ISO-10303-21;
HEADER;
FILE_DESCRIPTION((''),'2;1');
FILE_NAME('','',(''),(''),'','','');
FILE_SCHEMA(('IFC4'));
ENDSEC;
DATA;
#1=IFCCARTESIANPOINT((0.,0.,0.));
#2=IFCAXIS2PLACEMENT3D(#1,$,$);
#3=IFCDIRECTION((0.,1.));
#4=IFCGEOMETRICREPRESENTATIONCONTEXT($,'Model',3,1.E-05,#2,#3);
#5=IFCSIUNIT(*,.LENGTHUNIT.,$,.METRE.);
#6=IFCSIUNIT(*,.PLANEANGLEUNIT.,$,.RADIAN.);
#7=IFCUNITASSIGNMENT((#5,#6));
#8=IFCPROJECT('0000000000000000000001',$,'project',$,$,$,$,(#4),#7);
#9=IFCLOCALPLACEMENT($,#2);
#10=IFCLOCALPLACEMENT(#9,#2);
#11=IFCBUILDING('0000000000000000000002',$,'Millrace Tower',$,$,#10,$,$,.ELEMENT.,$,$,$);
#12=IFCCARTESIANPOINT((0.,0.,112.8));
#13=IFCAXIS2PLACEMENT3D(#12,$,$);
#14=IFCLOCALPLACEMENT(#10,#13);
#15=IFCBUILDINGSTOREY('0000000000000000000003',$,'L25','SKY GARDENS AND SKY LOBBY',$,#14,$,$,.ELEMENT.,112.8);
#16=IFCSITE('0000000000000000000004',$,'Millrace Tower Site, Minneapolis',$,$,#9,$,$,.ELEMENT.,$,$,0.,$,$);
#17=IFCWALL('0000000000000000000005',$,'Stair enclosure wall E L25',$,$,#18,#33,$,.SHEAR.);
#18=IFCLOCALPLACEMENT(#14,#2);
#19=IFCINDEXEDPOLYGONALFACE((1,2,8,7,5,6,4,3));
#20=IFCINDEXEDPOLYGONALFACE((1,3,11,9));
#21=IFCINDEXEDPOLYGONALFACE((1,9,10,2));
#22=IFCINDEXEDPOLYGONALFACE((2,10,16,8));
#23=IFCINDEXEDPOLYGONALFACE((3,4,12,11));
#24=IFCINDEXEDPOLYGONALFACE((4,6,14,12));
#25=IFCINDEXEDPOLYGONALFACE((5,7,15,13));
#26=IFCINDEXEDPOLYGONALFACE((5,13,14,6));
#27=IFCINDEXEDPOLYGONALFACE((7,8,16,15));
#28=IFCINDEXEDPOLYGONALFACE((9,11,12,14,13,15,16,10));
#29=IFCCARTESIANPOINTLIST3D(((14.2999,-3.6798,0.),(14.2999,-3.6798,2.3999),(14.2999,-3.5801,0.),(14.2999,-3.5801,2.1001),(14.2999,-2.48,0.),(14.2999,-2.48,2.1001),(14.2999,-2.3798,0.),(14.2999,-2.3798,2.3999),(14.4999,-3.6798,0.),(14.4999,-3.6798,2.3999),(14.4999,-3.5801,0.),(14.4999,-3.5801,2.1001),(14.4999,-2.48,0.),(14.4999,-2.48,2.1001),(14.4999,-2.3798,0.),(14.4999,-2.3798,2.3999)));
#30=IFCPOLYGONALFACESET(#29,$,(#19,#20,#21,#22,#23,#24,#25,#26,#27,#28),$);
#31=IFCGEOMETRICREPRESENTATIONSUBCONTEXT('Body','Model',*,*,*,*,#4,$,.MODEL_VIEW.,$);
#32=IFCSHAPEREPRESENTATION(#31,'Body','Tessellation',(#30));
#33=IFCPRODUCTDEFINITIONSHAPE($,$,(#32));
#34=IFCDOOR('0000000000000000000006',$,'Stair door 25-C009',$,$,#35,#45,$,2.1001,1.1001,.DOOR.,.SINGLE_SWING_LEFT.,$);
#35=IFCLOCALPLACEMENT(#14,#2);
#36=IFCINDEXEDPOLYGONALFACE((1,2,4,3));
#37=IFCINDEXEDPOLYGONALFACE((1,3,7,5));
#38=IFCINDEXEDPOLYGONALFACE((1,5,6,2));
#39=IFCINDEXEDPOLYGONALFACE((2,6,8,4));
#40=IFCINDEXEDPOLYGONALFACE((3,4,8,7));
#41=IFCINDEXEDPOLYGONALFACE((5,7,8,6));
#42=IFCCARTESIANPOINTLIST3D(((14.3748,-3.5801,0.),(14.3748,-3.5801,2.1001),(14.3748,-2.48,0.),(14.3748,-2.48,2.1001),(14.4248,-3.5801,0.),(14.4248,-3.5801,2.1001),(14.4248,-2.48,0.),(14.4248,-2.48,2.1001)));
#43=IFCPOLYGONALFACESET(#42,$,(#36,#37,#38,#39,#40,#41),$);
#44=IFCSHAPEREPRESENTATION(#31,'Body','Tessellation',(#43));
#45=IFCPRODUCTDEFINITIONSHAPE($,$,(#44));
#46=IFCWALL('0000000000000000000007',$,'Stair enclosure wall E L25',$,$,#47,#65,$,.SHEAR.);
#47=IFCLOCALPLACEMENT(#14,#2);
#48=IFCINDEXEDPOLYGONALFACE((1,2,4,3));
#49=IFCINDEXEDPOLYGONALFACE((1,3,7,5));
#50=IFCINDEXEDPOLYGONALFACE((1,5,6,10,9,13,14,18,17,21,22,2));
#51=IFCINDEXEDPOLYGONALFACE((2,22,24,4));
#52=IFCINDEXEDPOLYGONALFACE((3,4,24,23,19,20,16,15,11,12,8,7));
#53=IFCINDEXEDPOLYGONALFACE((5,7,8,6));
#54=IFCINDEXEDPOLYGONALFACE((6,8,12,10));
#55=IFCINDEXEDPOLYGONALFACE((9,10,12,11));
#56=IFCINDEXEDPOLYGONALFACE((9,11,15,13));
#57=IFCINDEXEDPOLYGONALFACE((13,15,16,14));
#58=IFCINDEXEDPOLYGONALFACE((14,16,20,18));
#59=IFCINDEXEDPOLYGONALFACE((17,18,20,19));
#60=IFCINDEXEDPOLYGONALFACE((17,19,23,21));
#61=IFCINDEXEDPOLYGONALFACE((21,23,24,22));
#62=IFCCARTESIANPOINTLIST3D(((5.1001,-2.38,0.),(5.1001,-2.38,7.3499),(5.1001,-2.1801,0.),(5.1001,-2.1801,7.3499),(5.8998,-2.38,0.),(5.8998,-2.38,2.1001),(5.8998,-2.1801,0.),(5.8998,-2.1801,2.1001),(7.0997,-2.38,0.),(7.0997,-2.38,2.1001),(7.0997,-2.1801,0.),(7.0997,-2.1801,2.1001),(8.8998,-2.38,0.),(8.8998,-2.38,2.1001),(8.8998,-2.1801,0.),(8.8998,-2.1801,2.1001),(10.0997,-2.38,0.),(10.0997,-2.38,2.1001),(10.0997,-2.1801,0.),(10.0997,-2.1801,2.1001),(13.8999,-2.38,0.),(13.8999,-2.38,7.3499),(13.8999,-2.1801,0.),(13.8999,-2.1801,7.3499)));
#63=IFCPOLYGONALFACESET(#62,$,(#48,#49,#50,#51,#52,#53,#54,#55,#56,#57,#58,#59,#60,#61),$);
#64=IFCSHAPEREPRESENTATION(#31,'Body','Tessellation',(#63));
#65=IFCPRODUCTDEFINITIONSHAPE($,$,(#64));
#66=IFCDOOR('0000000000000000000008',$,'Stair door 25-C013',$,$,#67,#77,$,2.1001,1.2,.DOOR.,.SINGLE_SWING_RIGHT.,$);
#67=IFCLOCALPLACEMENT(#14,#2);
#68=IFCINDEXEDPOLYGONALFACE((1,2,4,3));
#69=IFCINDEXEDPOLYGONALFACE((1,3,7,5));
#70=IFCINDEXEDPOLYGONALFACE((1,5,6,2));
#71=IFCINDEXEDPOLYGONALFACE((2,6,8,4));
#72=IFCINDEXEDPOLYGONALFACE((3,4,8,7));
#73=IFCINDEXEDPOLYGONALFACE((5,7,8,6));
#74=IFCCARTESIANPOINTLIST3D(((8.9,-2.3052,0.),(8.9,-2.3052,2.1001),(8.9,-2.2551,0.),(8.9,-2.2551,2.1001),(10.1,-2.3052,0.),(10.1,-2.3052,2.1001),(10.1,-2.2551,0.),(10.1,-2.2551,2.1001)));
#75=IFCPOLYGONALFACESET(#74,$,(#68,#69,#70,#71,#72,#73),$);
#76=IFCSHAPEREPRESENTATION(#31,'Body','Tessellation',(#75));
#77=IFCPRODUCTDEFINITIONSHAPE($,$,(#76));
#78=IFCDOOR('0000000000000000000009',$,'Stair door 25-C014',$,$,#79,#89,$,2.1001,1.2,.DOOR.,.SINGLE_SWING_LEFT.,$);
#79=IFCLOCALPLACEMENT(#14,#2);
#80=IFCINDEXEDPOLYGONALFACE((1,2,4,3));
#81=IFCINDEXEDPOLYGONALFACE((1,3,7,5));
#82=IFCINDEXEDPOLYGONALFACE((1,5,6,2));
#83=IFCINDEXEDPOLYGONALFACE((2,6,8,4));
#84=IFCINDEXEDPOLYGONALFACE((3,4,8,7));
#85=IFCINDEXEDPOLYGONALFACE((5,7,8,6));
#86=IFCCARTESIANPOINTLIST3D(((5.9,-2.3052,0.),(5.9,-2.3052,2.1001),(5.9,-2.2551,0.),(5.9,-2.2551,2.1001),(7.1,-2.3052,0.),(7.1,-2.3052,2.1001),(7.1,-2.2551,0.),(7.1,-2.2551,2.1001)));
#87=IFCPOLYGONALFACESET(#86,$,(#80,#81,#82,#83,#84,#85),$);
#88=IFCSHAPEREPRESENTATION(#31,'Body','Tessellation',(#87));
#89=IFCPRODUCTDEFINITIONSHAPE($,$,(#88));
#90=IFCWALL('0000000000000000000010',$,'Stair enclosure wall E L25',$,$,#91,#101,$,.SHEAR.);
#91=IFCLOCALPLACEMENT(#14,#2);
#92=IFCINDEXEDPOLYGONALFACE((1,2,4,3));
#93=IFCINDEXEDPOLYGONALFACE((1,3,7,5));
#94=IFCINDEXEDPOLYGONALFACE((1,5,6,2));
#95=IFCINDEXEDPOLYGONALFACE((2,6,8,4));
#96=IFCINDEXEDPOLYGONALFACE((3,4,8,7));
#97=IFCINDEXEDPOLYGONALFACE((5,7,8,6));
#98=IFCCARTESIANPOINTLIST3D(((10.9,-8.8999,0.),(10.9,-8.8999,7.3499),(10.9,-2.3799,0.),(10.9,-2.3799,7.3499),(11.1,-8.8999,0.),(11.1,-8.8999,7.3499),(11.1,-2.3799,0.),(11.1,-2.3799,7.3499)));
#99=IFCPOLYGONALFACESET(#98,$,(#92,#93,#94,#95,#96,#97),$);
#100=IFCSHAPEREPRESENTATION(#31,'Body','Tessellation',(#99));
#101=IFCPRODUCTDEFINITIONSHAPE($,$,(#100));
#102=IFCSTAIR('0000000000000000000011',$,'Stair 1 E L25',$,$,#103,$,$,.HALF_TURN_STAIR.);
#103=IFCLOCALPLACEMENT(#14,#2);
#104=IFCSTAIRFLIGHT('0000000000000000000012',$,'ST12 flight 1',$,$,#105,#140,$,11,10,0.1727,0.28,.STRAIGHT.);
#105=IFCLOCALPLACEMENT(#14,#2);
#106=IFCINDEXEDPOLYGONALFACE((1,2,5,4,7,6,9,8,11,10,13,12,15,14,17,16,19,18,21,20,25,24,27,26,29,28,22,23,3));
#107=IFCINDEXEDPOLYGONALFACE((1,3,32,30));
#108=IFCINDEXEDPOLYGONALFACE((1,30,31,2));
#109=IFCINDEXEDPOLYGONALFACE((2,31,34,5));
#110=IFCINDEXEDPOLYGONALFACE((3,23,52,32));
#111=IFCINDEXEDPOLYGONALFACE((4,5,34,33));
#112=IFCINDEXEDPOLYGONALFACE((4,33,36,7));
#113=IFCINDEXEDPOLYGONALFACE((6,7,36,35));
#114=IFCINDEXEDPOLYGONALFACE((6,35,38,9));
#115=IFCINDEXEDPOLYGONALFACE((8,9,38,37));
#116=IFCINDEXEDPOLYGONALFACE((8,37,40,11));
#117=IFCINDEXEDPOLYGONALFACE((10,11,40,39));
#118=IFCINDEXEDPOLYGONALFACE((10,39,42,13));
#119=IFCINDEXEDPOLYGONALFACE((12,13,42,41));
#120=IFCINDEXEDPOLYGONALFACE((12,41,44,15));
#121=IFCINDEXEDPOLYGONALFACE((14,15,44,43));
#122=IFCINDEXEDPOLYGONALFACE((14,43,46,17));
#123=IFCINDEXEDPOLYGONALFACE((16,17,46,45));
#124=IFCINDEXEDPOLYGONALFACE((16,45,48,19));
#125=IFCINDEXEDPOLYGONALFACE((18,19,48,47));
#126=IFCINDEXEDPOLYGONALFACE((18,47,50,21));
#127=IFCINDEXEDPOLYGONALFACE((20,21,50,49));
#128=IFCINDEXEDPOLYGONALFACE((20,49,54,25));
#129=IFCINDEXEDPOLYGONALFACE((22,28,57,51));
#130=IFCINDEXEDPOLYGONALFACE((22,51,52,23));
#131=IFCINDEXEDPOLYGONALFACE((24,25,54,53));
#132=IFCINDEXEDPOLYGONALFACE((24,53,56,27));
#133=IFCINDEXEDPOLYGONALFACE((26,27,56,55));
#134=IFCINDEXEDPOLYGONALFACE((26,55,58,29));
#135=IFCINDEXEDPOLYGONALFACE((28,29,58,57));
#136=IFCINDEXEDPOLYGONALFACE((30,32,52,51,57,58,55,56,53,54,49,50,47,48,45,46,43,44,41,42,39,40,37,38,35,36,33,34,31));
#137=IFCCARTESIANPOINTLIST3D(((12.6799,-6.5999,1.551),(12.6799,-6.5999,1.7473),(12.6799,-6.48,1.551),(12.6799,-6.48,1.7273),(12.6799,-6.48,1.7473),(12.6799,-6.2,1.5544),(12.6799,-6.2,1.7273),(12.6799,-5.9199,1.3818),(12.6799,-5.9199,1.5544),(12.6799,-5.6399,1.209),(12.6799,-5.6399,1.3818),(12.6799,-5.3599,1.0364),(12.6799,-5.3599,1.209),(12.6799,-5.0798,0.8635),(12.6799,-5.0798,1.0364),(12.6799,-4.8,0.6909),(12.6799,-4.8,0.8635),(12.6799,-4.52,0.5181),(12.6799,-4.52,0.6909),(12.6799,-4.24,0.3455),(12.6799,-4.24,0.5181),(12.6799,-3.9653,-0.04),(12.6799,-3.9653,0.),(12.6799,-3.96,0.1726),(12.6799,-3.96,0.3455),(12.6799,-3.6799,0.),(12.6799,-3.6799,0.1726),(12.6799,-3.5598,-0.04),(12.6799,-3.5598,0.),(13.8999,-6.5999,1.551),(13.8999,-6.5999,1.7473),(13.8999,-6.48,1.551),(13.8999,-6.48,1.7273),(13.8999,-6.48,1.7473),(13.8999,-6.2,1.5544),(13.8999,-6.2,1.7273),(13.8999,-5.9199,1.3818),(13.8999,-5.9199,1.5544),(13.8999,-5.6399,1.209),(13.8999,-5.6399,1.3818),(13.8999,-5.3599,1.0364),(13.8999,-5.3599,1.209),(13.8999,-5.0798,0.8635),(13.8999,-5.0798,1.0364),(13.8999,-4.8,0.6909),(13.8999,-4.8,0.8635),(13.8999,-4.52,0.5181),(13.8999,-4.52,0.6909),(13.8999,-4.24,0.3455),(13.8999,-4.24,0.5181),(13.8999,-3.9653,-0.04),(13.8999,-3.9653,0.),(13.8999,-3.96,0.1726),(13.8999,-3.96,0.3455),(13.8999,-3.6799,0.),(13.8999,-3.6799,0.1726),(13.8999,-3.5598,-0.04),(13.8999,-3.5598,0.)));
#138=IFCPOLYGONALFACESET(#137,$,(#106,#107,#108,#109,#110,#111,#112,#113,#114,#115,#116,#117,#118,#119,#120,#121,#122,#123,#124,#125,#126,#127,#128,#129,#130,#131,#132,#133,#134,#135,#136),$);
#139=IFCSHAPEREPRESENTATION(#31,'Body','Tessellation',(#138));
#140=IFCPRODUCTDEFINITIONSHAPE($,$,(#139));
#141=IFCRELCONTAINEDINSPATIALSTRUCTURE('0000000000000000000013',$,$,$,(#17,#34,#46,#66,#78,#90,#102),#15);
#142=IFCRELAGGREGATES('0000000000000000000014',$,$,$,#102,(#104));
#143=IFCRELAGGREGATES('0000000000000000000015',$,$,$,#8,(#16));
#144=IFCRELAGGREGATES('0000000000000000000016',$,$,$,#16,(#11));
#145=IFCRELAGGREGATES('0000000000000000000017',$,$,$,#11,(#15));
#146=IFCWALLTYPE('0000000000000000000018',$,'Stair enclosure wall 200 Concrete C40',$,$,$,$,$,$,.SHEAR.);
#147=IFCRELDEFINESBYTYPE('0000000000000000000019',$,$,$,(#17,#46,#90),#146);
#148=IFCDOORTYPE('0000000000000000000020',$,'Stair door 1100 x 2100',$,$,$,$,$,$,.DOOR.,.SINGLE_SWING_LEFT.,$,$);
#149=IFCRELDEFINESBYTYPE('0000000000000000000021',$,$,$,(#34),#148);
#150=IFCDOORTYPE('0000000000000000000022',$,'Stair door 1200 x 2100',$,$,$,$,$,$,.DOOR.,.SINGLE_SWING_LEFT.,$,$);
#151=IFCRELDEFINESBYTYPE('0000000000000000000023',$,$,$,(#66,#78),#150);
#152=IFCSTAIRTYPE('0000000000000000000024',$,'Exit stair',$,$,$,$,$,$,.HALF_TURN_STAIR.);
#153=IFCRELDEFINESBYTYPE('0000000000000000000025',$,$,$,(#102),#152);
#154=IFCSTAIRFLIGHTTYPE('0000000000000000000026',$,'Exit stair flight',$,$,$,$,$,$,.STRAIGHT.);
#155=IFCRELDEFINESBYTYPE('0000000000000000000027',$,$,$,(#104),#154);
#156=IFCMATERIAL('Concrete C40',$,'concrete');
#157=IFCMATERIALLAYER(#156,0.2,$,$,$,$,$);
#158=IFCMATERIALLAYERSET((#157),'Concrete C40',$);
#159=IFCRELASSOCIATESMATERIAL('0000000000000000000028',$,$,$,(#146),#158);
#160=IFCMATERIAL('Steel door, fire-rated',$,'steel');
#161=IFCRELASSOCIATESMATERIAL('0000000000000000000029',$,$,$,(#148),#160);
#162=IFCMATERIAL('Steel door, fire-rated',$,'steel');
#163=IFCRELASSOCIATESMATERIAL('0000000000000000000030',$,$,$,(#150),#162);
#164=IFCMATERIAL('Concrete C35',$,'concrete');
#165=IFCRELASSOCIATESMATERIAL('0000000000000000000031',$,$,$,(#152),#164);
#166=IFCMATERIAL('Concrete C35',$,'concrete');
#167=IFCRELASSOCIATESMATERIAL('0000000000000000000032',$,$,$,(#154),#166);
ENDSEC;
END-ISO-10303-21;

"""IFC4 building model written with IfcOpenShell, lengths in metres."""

from ifc_helpers import new_model, si_unit, direction, frame, frame_2d, origin, place, context, subcontext, project, spatial, polyline, rectangle, outline, extrude, material, layer, layer_set, type_object, element, fill, aggregate, save


model = new_model("IFC4")

# Units and contexts
model_context = context("Model", 3, precision=1e-05, world=origin(), true_north=direction((0.0, 1.0)))
body_context = subcontext(model_context, "Body", "Model", "MODEL_VIEW")
ifc_project = project(units=[si_unit("LENGTHUNIT", "METRE"), si_unit("PLANEANGLEUNIT", "RADIAN")], contexts=[model_context])

# Site, building, storey
site_placement = place(None, origin())
site = spatial("IfcSite", under=ifc_project, at=site_placement, Name="Millrace Tower Site, Minneapolis", CompositionType="ELEMENT", RefElevation=0.0)
building_placement = place(site_placement, origin())
building = spatial("IfcBuilding", under=site, at=building_placement, Name="Millrace Tower", CompositionType="ELEMENT")
storey_placement = place(building_placement, frame((0.0, 0.0, 112.8)))
storey = spatial("IfcBuildingStorey", under=building, at=storey_placement, Name="L25", Description="SKY GARDENS AND SKY LOBBY", CompositionType="ELEMENT", Elevation=112.8)

# Shared definitions
placement = place(storey_placement, origin())

# Wall, opening, door
ifc_material_1 = material(Name="Concrete C40", Category="concrete")
ifc_layer_1 = layer(ifc_material_1, 0.2)
ifc_layer_set_1 = layer_set([ifc_layer_1], Name="Concrete C40")
wall_type_1 = type_object("IfcWallType", Name="Stair enclosure wall 200 Concrete C40", PredefinedType="SHEAR", material=ifc_layer_set_1)
wall_1_placement = place(storey_placement, frame((14.3999, -2.3799, 0.0), z_axis=(0.0, 0.0, 1.0), x_axis=(0.0, -1.0, 0.0)))
wall_1 = element("IfcWall", 1, at=wall_1_placement, inside=storey, type_object=wall_type_1, Name="Stair enclosure wall E L25", PredefinedType="SHEAR", context=body_context, shape_type="SweptSolid", body=[
    extrude(rectangle(XDim=1.3, YDim=0.2, at=frame_2d((0.6499, 0.0))), origin(), (0.0, 0.0, 1.0), 2.3999),
])
opening_1_placement = place(wall_1_placement, frame((0.1001, 0.0, 0.0)))
opening_1 = element("IfcOpeningElement", 2, at=opening_1_placement, cuts=wall_1, PredefinedType="OPENING", context=body_context, shape_type="SweptSolid", body=[
    extrude(rectangle(XDim=1.1001, YDim=2.1001, at=frame_2d((0.55, 1.05))), frame((0.0, 0.1099, 0.0), z_axis=(0.0, -1.0, 0.0), x_axis=(1.0, 0.0, 0.0)), (0.0, 0.0, 1.0), 0.22),
])
ifc_material_2 = material(Name="Steel door, fire-rated", Category="steel")
door_type_1 = type_object("IfcDoorType", Name="Stair door 1100 x 2100", OperationType="SINGLE_SWING_LEFT", PredefinedType="DOOR", material=ifc_material_2)
door_1_placement = place(opening_1_placement, origin())
door_1 = element("IfcDoor", 3, at=door_1_placement, inside=storey, type_object=door_type_1, Name="Stair door 25-C009", OperationType="SINGLE_SWING_LEFT", OverallHeight=2.1001, OverallWidth=1.1001, PredefinedType="DOOR", context=body_context, shape_type="SweptSolid", body=[
    extrude(rectangle(XDim=1.1001, YDim=2.1001, at=frame_2d((0.55, 1.05))), frame((0.0, 0.0249, 0.0), z_axis=(0.0, -1.0, 0.0), x_axis=(1.0, 0.0, 0.0)), (0.0, 0.0, 1.0), 0.05),
])
fill(opening_1, door_1)

# Wall, openings, doors
wall_2_placement = place(storey_placement, frame((13.8999, -2.28, 0.0), z_axis=(0.0, 0.0, 1.0), x_axis=(-1.0, 0.0, 0.0)))
wall_2 = element("IfcWall", 4, at=wall_2_placement, inside=storey, type_object=wall_type_1, Name="Stair enclosure wall E L25", PredefinedType="SHEAR", context=body_context, shape_type="SweptSolid", body=[
    extrude(rectangle(XDim=8.7998, YDim=0.2, at=frame_2d((4.3999, 0.0))), origin(), (0.0, 0.0, 1.0), 7.3499),
])
opening_2_placement = place(wall_2_placement, frame((3.8, 0.0, 0.0)))
opening_2 = element("IfcOpeningElement", 5, at=opening_2_placement, cuts=wall_2, PredefinedType="OPENING", context=body_context, shape_type="SweptSolid", body=[
    extrude(rectangle(XDim=1.2, YDim=2.1001, at=frame_2d((0.6001, 1.05))), frame((0.0, 0.1099, 0.0), z_axis=(0.0, -1.0, 0.0), x_axis=(1.0, 0.0, 0.0)), (0.0, 0.0, 1.0), 0.22),
])
opening_3_placement = place(wall_2_placement, frame((6.8, 0.0, 0.0)))
opening_3 = element("IfcOpeningElement", 6, at=opening_3_placement, cuts=wall_2, PredefinedType="OPENING", context=body_context, shape_type="SweptSolid", body=[
    extrude(rectangle(XDim=1.2, YDim=2.1001, at=frame_2d((0.6001, 1.05))), frame((0.0, 0.1099, 0.0), z_axis=(0.0, -1.0, 0.0), x_axis=(1.0, 0.0, 0.0)), (0.0, 0.0, 1.0), 0.22),
])
ifc_material_3 = material(Name="Steel door, fire-rated", Category="steel")
door_type_2 = type_object("IfcDoorType", Name="Stair door 1200 x 2100", OperationType="SINGLE_SWING_LEFT", PredefinedType="DOOR", material=ifc_material_3)
door_2_placement = place(opening_2_placement, frame((1.2, 0.0, 0.0), z_axis=(0.0, 0.0, 1.0), x_axis=(-1.0, 0.0, 0.0)))
door_2 = element("IfcDoor", 7, at=door_2_placement, inside=storey, type_object=door_type_2, Name="Stair door 25-C013", OperationType="SINGLE_SWING_RIGHT", OverallHeight=2.1001, OverallWidth=1.2, PredefinedType="DOOR", context=body_context, shape_type="SweptSolid", body=[
    extrude(rectangle(XDim=1.2, YDim=2.1001, at=frame_2d((0.6001, 1.05))), frame((0.0, 0.0249, 0.0), z_axis=(0.0, -1.0, 0.0), x_axis=(1.0, 0.0, 0.0)), (0.0, 0.0, 1.0), 0.05),
])
fill(opening_2, door_2)
door_3_placement = place(opening_3_placement, frame((1.2, 0.0, 0.0), z_axis=(0.0, 0.0, 1.0), x_axis=(-1.0, 0.0, 0.0)))
door_3 = element("IfcDoor", 8, at=door_3_placement, inside=storey, type_object=door_type_2, Name="Stair door 25-C014", OperationType="SINGLE_SWING_LEFT", OverallHeight=2.1001, OverallWidth=1.2, PredefinedType="DOOR", context=body_context, shape_type="SweptSolid", body=[
    extrude(rectangle(XDim=1.2, YDim=2.1001, at=frame_2d((0.6001, 1.05))), frame((0.0, 0.0249, 0.0), z_axis=(0.0, -1.0, 0.0), x_axis=(1.0, 0.0, 0.0)), (0.0, 0.0, 1.0), 0.05),
])
fill(opening_3, door_3)

# Wall
wall_3_placement = place(storey_placement, frame((11.0, -2.3799, 0.0), z_axis=(0.0, 0.0, 1.0), x_axis=(0.0, -1.0, 0.0)))
element("IfcWall", 9, at=wall_3_placement, inside=storey, type_object=wall_type_1, Name="Stair enclosure wall E L25", PredefinedType="SHEAR", context=body_context, shape_type="SweptSolid", body=[
    extrude(rectangle(XDim=6.52, YDim=0.2, at=frame_2d((3.26, 0.0))), origin(), (0.0, 0.0, 1.0), 7.3499),
])

# Stair, stair flight
ifc_material_4 = material(Name="Concrete C35", Category="concrete")
stair_type = type_object("IfcStairType", Name="Exit stair", PredefinedType="HALF_TURN_STAIR", material=ifc_material_4)
stair_1 = element("IfcStair", 10, at=placement, inside=storey, type_object=stair_type, Name="Stair 1 E L25", PredefinedType="HALF_TURN_STAIR")
ifc_material_5 = material(Name="Concrete C35", Category="concrete")
stair_flight_type = type_object("IfcStairFlightType", Name="Exit stair flight", PredefinedType="STRAIGHT", material=ifc_material_5)
stair_flight_1_placement = place(storey_placement, frame((13.29, -3.6799, 0.0), z_axis=(0.0, 0.0, 1.0), x_axis=(0.0, -1.0, 0.0)))
stair_flight_1 = element("IfcStairFlight", 11, at=stair_flight_1_placement, type_object=stair_flight_type, Name="ST12 flight 1", NumberOfRisers=11, NumberOfTreads=10, PredefinedType="STRAIGHT", RiserHeight=0.1727, TreadLength=0.28, context=body_context, shape_type="SweptSolid", body=[
    extrude(outline(polyline([(-0.1201, -0.04), (-0.1201, 0.0), (0.0, 0.0), (0.0, 0.1726), (0.28, 0.1726), (0.28, 0.3455), (0.5601, 0.3455), (0.5601, 0.5181), (0.8401, 0.5181), (0.8401, 0.6909), (1.1201, 0.6909), (1.1201, 0.8635), (1.3999, 0.8635), (1.3999, 1.0364), (1.6799, 1.0364), (1.6799, 1.209), (1.96, 1.209), (1.96, 1.3818), (2.24, 1.3818), (2.24, 1.5544), (2.52, 1.5544), (2.52, 1.7273), (2.8, 1.7273), (2.8, 1.7473), (2.9199, 1.7473), (2.9199, 1.551), (2.8, 1.551), (0.2854, 0.0), (0.2854, -0.04), (-0.1201, -0.04)])), frame((0.0, 0.6099, 0.0), z_axis=(0.0, -1.0, 0.0), x_axis=(1.0, 0.0, 0.0)), (0.0, 0.0, 1.0), 1.22),
])
aggregate(stair_1, [stair_flight_1])

save(model, "model.ifc")
